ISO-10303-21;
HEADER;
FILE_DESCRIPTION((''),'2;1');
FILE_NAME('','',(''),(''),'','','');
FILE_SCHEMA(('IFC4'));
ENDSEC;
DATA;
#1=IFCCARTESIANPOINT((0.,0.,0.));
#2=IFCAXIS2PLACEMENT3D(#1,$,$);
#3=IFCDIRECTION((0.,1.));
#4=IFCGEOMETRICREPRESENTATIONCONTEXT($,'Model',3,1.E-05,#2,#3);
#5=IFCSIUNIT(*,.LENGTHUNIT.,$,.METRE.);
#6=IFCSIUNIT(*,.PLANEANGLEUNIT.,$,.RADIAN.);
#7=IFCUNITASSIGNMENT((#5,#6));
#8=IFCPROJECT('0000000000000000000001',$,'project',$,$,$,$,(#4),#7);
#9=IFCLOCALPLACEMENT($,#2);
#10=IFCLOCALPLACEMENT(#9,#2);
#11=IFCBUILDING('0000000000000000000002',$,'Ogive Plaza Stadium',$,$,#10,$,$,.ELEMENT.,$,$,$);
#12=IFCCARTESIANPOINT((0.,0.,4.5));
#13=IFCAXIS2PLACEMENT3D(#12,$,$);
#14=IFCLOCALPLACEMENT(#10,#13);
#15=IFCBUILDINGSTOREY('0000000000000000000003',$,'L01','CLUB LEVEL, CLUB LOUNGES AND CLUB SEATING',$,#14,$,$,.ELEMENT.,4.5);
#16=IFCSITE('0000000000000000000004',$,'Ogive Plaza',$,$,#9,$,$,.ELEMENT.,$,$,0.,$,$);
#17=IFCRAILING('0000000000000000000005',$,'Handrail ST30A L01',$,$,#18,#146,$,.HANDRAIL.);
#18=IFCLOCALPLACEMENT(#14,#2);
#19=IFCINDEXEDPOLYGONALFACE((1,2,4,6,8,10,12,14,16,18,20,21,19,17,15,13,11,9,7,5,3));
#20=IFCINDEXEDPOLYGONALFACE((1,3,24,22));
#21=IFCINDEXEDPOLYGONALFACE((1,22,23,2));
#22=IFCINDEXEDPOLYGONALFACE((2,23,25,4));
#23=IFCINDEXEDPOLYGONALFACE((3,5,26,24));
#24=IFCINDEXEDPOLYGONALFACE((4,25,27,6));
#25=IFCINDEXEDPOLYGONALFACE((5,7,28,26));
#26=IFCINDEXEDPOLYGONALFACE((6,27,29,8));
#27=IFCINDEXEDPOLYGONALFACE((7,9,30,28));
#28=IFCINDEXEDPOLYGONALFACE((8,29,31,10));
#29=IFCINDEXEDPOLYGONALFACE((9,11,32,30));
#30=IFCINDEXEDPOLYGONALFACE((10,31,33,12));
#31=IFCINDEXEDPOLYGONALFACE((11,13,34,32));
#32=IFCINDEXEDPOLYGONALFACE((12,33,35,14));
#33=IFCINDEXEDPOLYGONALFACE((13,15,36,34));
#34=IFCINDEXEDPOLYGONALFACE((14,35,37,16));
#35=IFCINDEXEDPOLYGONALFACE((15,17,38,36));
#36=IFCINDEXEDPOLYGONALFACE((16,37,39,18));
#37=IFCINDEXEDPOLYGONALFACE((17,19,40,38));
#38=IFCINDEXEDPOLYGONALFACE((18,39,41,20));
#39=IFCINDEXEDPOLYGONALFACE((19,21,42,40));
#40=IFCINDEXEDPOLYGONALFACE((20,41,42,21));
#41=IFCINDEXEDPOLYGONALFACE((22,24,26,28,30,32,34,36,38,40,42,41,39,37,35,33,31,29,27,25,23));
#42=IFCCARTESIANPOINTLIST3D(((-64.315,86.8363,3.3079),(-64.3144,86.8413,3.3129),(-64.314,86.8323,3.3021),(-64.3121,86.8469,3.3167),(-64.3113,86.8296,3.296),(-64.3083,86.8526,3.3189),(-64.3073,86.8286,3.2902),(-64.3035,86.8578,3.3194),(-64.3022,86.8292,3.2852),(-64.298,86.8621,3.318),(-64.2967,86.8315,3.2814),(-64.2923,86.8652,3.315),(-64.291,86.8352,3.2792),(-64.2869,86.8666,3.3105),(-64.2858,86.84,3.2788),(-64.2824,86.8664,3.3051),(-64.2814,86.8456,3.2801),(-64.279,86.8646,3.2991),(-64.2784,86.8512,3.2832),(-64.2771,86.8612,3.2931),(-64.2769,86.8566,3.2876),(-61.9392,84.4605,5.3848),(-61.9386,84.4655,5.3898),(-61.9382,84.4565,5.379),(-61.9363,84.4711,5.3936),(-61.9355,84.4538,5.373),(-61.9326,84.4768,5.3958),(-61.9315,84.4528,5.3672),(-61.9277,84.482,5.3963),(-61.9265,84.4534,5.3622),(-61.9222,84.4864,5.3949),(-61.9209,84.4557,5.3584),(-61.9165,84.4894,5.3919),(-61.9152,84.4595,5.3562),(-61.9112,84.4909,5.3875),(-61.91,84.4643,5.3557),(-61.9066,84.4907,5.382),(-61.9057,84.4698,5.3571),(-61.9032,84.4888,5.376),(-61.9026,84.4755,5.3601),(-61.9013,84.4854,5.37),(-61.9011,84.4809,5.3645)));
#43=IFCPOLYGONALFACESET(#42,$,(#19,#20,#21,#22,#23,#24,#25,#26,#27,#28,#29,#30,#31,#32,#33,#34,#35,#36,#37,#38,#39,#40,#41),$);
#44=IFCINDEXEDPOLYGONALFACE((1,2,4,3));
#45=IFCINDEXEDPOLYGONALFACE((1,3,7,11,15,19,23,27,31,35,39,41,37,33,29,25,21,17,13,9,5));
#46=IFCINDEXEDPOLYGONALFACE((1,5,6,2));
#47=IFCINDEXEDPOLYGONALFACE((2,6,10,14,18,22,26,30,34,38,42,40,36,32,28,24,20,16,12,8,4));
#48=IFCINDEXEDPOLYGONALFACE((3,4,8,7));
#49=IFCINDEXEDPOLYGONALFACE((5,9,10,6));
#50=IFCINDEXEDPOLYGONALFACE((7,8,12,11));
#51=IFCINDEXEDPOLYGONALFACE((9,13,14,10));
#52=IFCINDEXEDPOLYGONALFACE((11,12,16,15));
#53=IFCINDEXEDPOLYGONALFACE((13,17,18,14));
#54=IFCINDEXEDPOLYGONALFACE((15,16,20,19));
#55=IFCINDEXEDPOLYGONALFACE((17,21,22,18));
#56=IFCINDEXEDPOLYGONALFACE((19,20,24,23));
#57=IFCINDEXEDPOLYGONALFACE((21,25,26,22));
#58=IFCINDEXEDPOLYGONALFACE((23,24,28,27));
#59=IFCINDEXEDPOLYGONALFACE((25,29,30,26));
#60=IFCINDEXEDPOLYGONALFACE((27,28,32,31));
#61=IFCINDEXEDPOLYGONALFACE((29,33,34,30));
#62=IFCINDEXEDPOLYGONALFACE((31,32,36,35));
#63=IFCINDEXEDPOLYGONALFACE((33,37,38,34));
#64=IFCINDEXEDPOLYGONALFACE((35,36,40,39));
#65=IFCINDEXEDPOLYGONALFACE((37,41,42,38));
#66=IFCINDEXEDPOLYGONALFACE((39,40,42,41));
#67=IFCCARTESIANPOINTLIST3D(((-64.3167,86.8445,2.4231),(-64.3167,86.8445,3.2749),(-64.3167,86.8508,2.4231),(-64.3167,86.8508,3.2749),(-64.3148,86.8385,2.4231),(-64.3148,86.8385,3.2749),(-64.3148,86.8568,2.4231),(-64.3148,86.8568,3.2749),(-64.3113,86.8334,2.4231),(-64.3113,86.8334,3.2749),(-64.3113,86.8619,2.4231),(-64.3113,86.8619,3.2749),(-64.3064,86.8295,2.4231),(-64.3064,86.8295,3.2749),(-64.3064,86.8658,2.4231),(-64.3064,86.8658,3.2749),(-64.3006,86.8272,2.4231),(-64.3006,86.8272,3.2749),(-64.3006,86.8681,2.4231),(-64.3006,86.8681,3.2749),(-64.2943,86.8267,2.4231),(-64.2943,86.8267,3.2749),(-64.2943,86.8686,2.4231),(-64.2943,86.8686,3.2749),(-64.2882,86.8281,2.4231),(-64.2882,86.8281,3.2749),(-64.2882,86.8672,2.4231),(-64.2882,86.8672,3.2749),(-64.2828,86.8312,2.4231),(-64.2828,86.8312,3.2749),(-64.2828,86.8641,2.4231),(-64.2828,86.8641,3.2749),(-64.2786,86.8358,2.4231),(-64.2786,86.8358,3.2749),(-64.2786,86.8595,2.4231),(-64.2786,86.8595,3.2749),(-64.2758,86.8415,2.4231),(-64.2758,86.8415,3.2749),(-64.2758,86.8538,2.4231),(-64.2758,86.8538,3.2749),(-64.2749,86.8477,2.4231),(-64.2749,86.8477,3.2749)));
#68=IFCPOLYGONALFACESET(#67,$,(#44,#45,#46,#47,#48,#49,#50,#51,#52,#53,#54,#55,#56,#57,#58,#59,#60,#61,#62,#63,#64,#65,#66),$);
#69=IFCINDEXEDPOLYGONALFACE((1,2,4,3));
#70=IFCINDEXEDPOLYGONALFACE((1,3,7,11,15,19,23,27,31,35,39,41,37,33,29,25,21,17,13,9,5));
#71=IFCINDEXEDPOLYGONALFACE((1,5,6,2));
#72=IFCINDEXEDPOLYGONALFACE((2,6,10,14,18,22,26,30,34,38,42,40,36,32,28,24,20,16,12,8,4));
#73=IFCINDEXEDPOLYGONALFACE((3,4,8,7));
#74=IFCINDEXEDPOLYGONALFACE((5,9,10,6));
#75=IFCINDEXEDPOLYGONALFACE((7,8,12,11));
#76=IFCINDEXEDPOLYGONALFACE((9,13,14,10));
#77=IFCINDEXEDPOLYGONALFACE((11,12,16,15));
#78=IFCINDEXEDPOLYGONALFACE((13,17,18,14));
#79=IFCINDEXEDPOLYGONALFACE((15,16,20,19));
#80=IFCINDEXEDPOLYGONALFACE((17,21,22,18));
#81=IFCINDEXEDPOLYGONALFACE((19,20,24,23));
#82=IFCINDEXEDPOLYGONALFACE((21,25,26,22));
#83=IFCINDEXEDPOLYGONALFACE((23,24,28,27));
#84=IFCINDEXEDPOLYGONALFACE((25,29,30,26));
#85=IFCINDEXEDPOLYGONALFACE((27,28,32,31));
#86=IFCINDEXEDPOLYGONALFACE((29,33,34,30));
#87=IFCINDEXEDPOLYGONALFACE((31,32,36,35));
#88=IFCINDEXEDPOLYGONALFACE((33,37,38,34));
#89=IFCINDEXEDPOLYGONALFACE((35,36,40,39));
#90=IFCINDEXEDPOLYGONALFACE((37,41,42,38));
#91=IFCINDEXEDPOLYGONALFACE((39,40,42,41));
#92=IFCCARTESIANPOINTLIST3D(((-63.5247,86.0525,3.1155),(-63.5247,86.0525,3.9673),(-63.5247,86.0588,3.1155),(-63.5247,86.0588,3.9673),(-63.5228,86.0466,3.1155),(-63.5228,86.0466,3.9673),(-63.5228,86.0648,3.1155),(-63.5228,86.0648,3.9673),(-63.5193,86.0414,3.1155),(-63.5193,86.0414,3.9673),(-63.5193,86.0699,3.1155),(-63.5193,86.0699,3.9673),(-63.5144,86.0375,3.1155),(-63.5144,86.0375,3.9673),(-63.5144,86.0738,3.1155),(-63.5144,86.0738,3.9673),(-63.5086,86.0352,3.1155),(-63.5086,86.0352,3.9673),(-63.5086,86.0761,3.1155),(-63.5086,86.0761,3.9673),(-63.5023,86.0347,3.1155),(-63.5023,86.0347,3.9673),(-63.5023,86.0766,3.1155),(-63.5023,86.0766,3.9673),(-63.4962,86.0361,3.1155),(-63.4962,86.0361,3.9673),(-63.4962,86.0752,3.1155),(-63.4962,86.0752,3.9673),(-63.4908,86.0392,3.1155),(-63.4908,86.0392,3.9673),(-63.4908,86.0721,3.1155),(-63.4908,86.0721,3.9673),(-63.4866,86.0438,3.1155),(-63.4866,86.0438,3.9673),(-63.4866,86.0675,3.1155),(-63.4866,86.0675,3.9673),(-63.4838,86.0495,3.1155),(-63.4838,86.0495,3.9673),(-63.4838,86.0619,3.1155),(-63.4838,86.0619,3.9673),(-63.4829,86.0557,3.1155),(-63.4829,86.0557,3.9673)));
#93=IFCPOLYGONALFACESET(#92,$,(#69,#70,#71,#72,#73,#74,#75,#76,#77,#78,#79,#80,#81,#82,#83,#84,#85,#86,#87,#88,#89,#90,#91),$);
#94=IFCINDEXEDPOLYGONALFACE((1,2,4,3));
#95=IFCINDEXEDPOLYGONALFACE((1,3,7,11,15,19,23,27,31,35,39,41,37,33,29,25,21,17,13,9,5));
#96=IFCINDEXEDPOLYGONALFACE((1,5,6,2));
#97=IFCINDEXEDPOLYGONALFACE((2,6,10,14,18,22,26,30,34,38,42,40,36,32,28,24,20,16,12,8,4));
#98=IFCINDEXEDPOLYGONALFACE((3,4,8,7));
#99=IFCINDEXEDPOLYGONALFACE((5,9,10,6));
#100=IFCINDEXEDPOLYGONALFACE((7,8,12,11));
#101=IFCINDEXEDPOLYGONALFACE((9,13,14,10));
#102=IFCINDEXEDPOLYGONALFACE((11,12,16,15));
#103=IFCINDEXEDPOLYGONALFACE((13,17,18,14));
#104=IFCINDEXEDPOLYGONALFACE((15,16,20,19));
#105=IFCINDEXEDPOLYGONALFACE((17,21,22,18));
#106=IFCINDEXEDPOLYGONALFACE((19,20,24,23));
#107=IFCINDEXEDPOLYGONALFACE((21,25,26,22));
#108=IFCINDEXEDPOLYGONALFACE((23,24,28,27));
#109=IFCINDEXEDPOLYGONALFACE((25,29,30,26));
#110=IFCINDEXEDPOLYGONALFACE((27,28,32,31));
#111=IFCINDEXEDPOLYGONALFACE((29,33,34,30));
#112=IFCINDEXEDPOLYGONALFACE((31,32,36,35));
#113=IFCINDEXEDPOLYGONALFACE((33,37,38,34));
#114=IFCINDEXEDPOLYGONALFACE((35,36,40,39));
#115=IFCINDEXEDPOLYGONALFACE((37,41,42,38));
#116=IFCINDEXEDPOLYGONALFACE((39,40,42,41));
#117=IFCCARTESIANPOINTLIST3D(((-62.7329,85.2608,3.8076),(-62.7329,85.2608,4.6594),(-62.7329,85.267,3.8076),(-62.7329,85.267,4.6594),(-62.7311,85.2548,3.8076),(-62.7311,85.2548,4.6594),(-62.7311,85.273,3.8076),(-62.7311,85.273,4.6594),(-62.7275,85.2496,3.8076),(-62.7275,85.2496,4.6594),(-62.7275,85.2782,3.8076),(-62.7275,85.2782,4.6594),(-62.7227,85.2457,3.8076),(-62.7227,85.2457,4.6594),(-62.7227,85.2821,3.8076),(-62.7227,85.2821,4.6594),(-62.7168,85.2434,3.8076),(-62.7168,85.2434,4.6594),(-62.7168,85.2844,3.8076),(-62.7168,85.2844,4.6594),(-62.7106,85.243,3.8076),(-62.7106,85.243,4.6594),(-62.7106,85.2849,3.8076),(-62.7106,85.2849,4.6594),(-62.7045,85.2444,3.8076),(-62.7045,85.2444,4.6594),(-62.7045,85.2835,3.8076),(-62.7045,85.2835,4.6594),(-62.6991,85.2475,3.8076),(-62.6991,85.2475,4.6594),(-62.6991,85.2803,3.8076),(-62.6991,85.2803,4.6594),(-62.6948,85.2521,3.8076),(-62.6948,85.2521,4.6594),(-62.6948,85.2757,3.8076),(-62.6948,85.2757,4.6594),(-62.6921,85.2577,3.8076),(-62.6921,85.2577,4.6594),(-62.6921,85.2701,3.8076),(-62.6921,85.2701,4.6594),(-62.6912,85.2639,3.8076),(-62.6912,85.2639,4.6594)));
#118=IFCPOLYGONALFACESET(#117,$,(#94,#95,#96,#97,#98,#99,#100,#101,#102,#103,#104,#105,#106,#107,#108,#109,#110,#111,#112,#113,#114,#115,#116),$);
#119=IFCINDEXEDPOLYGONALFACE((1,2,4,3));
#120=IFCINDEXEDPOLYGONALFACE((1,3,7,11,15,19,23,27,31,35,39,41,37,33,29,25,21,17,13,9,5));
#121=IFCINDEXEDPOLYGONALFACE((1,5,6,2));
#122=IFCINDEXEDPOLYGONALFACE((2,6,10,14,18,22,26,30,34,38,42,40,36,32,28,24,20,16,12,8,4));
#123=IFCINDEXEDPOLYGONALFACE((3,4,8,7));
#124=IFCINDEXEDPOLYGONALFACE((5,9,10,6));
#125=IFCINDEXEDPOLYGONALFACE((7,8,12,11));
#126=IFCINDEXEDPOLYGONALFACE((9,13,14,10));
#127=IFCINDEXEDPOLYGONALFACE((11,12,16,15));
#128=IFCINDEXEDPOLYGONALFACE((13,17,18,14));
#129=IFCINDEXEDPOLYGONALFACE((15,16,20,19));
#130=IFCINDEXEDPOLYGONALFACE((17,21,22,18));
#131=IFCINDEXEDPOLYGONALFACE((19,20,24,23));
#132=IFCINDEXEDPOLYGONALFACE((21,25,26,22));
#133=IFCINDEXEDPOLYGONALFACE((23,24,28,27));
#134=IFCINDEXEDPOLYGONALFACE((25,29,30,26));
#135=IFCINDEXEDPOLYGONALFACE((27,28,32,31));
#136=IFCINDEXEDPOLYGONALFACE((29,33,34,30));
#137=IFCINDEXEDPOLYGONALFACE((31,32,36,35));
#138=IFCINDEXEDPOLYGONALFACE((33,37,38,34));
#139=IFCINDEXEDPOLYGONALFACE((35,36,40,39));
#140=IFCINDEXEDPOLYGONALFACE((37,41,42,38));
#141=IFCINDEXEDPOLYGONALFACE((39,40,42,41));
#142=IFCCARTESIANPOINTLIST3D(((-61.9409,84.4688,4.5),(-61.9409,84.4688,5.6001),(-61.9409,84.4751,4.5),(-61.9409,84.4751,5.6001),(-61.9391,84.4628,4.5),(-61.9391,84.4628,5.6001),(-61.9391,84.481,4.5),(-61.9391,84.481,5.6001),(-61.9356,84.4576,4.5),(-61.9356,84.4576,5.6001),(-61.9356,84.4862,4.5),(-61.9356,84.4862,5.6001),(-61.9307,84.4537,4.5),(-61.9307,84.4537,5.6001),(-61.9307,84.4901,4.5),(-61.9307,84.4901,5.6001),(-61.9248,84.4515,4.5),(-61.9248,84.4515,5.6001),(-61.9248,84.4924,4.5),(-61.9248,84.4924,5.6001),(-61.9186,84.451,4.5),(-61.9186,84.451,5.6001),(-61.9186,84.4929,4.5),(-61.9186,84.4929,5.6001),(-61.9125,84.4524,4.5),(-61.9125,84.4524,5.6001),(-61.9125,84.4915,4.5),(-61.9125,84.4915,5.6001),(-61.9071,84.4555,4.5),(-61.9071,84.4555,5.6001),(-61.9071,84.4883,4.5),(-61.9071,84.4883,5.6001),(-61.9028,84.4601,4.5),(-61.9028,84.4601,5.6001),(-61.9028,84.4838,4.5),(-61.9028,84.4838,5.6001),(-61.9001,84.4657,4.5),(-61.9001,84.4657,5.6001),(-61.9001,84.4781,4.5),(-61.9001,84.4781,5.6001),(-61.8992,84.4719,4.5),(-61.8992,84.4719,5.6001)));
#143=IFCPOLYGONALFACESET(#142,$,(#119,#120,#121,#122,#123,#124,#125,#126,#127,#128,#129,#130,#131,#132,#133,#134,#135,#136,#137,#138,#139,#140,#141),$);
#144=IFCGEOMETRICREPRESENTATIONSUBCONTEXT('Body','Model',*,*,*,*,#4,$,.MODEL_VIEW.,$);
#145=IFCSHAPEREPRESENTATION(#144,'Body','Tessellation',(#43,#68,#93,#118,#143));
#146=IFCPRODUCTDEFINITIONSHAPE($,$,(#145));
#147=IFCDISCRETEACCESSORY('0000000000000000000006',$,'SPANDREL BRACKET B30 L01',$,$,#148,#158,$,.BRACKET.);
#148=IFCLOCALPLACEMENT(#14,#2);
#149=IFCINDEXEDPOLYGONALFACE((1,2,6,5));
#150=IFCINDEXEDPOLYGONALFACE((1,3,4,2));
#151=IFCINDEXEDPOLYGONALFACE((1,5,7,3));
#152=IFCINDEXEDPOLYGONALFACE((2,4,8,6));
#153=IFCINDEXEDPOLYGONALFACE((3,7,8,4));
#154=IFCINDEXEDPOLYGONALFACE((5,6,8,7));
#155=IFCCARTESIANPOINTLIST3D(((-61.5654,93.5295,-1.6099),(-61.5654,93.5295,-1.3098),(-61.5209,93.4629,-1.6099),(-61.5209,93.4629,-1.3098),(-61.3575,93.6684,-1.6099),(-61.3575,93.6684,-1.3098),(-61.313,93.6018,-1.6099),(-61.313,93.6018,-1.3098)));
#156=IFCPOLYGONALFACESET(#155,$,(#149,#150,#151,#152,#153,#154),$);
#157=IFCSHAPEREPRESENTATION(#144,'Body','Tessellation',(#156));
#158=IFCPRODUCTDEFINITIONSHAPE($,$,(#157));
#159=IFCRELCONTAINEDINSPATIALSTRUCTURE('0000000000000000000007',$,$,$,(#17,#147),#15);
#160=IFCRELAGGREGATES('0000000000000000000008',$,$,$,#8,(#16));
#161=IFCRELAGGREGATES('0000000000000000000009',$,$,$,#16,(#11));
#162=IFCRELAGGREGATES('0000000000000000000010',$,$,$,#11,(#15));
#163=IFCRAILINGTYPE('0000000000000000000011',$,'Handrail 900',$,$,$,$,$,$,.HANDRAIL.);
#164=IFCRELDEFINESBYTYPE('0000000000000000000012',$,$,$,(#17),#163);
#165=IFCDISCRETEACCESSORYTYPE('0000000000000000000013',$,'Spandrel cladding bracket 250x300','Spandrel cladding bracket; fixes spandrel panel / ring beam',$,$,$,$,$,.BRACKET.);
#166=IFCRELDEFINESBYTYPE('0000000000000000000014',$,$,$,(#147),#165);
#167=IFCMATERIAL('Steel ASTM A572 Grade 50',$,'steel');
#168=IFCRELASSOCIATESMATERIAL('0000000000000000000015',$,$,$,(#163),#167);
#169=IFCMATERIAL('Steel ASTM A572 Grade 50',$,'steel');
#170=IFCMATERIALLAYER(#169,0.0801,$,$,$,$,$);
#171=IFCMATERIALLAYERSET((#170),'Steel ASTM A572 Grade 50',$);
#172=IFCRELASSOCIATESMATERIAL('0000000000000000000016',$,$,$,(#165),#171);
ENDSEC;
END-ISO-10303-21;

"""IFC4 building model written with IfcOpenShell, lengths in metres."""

from ifc_helpers import new_model, si_unit, direction, frame, origin, origin_2d, place, context, subcontext, project, spatial, rectangle, circle, extrude, material, layer, layer_set, type_object, element, save


model = new_model("IFC4")

# Units and contexts
model_context = context("Model", 3, precision=1e-05, world=origin(), true_north=direction((0.0, 1.0)))
body_context = subcontext(model_context, "Body", "Model", "MODEL_VIEW")
ifc_project = project(units=[si_unit("LENGTHUNIT", "METRE"), si_unit("PLANEANGLEUNIT", "RADIAN")], contexts=[model_context])

# Site, building, storey
site_placement = place(None, origin())
site = spatial("IfcSite", under=ifc_project, at=site_placement, Name="Ogive Plaza", CompositionType="ELEMENT", RefElevation=0.0)
building_placement = place(site_placement, origin())
building = spatial("IfcBuilding", under=site, at=building_placement, Name="Ogive Plaza Stadium", CompositionType="ELEMENT")
storey_placement = place(building_placement, frame((0.0, 0.0, 4.5)))
storey = spatial("IfcBuildingStorey", under=building, at=storey_placement, Name="L01", Description="CLUB LEVEL, CLUB LOUNGES AND CLUB SEATING", CompositionType="ELEMENT", Elevation=4.5)

# Railing
ifc_material_1 = material(Name="Steel ASTM A572 Grade 50", Category="steel")
railing_type_1 = type_object("IfcRailingType", Name="Handrail 900", PredefinedType="HANDRAIL", material=ifc_material_1)
railing_1_placement = place(storey_placement, frame((-64.2959, 86.8477, 2.4231)))
element("IfcRailing", 1, at=railing_1_placement, inside=storey, type_object=railing_type_1, Name="Handrail ST30A L01", PredefinedType="HANDRAIL", context=body_context, shape_type="SweptSolid", body=[
    extrude(circle(Radius=0.0239, at=origin_2d()), frame((0.0, 0.0, 0.876), z_axis=(0.601466, -0.601466, 0.525811), x_axis=(0.707107, 0.707107, 0.0)), (0.0, 0.0, 1.0), 3.95),
    extrude(circle(Radius=0.021, at=origin_2d()), origin(), (0.0, 0.0, 1.0), 0.8518),
    extrude(circle(Radius=0.021, at=origin_2d()), frame((0.792, -0.792, 0.6924)), (0.0, 0.0, 1.0), 0.8518),
    extrude(circle(Radius=0.021, at=origin_2d()), frame((1.5837, -1.5837, 1.3845)), (0.0, 0.0, 1.0), 0.8518),
    extrude(circle(Radius=0.021, at=origin_2d()), frame((2.3757, -2.3757, 2.0769)), (0.0, 0.0, 1.0), 1.1001),
])

# Discrete accessory
ifc_material_2 = material(Name="Steel ASTM A572 Grade 50", Category="steel")
ifc_layer_1 = layer(ifc_material_2, 0.0801)
ifc_layer_set_1 = layer_set([ifc_layer_1], Name="Steel ASTM A572 Grade 50")
discrete_accessory_type = type_object("IfcDiscreteAccessoryType", Name="Spandrel cladding bracket 250x300", Description="Spandrel cladding bracket; fixes spandrel panel / ring beam", PredefinedType="BRACKET", material=ifc_layer_set_1)
discrete_accessory_placement = place(storey_placement, frame((-61.4392, 93.5657, -1.6099), z_axis=(0.0, 0.0, 1.0), x_axis=(0.83147, 0.55557, 0.0)))
element("IfcDiscreteAccessory", 2, at=discrete_accessory_placement, inside=storey, type_object=discrete_accessory_type, Name="SPANDREL BRACKET B30 L01", PredefinedType="BRACKET", context=body_context, shape_type="SweptSolid", body=[
    extrude(rectangle(XDim=0.25, YDim=0.0801, at=origin_2d()), origin(), (0.0, 0.0, 1.0), 0.3),
])

save(model, "model.ifc")
